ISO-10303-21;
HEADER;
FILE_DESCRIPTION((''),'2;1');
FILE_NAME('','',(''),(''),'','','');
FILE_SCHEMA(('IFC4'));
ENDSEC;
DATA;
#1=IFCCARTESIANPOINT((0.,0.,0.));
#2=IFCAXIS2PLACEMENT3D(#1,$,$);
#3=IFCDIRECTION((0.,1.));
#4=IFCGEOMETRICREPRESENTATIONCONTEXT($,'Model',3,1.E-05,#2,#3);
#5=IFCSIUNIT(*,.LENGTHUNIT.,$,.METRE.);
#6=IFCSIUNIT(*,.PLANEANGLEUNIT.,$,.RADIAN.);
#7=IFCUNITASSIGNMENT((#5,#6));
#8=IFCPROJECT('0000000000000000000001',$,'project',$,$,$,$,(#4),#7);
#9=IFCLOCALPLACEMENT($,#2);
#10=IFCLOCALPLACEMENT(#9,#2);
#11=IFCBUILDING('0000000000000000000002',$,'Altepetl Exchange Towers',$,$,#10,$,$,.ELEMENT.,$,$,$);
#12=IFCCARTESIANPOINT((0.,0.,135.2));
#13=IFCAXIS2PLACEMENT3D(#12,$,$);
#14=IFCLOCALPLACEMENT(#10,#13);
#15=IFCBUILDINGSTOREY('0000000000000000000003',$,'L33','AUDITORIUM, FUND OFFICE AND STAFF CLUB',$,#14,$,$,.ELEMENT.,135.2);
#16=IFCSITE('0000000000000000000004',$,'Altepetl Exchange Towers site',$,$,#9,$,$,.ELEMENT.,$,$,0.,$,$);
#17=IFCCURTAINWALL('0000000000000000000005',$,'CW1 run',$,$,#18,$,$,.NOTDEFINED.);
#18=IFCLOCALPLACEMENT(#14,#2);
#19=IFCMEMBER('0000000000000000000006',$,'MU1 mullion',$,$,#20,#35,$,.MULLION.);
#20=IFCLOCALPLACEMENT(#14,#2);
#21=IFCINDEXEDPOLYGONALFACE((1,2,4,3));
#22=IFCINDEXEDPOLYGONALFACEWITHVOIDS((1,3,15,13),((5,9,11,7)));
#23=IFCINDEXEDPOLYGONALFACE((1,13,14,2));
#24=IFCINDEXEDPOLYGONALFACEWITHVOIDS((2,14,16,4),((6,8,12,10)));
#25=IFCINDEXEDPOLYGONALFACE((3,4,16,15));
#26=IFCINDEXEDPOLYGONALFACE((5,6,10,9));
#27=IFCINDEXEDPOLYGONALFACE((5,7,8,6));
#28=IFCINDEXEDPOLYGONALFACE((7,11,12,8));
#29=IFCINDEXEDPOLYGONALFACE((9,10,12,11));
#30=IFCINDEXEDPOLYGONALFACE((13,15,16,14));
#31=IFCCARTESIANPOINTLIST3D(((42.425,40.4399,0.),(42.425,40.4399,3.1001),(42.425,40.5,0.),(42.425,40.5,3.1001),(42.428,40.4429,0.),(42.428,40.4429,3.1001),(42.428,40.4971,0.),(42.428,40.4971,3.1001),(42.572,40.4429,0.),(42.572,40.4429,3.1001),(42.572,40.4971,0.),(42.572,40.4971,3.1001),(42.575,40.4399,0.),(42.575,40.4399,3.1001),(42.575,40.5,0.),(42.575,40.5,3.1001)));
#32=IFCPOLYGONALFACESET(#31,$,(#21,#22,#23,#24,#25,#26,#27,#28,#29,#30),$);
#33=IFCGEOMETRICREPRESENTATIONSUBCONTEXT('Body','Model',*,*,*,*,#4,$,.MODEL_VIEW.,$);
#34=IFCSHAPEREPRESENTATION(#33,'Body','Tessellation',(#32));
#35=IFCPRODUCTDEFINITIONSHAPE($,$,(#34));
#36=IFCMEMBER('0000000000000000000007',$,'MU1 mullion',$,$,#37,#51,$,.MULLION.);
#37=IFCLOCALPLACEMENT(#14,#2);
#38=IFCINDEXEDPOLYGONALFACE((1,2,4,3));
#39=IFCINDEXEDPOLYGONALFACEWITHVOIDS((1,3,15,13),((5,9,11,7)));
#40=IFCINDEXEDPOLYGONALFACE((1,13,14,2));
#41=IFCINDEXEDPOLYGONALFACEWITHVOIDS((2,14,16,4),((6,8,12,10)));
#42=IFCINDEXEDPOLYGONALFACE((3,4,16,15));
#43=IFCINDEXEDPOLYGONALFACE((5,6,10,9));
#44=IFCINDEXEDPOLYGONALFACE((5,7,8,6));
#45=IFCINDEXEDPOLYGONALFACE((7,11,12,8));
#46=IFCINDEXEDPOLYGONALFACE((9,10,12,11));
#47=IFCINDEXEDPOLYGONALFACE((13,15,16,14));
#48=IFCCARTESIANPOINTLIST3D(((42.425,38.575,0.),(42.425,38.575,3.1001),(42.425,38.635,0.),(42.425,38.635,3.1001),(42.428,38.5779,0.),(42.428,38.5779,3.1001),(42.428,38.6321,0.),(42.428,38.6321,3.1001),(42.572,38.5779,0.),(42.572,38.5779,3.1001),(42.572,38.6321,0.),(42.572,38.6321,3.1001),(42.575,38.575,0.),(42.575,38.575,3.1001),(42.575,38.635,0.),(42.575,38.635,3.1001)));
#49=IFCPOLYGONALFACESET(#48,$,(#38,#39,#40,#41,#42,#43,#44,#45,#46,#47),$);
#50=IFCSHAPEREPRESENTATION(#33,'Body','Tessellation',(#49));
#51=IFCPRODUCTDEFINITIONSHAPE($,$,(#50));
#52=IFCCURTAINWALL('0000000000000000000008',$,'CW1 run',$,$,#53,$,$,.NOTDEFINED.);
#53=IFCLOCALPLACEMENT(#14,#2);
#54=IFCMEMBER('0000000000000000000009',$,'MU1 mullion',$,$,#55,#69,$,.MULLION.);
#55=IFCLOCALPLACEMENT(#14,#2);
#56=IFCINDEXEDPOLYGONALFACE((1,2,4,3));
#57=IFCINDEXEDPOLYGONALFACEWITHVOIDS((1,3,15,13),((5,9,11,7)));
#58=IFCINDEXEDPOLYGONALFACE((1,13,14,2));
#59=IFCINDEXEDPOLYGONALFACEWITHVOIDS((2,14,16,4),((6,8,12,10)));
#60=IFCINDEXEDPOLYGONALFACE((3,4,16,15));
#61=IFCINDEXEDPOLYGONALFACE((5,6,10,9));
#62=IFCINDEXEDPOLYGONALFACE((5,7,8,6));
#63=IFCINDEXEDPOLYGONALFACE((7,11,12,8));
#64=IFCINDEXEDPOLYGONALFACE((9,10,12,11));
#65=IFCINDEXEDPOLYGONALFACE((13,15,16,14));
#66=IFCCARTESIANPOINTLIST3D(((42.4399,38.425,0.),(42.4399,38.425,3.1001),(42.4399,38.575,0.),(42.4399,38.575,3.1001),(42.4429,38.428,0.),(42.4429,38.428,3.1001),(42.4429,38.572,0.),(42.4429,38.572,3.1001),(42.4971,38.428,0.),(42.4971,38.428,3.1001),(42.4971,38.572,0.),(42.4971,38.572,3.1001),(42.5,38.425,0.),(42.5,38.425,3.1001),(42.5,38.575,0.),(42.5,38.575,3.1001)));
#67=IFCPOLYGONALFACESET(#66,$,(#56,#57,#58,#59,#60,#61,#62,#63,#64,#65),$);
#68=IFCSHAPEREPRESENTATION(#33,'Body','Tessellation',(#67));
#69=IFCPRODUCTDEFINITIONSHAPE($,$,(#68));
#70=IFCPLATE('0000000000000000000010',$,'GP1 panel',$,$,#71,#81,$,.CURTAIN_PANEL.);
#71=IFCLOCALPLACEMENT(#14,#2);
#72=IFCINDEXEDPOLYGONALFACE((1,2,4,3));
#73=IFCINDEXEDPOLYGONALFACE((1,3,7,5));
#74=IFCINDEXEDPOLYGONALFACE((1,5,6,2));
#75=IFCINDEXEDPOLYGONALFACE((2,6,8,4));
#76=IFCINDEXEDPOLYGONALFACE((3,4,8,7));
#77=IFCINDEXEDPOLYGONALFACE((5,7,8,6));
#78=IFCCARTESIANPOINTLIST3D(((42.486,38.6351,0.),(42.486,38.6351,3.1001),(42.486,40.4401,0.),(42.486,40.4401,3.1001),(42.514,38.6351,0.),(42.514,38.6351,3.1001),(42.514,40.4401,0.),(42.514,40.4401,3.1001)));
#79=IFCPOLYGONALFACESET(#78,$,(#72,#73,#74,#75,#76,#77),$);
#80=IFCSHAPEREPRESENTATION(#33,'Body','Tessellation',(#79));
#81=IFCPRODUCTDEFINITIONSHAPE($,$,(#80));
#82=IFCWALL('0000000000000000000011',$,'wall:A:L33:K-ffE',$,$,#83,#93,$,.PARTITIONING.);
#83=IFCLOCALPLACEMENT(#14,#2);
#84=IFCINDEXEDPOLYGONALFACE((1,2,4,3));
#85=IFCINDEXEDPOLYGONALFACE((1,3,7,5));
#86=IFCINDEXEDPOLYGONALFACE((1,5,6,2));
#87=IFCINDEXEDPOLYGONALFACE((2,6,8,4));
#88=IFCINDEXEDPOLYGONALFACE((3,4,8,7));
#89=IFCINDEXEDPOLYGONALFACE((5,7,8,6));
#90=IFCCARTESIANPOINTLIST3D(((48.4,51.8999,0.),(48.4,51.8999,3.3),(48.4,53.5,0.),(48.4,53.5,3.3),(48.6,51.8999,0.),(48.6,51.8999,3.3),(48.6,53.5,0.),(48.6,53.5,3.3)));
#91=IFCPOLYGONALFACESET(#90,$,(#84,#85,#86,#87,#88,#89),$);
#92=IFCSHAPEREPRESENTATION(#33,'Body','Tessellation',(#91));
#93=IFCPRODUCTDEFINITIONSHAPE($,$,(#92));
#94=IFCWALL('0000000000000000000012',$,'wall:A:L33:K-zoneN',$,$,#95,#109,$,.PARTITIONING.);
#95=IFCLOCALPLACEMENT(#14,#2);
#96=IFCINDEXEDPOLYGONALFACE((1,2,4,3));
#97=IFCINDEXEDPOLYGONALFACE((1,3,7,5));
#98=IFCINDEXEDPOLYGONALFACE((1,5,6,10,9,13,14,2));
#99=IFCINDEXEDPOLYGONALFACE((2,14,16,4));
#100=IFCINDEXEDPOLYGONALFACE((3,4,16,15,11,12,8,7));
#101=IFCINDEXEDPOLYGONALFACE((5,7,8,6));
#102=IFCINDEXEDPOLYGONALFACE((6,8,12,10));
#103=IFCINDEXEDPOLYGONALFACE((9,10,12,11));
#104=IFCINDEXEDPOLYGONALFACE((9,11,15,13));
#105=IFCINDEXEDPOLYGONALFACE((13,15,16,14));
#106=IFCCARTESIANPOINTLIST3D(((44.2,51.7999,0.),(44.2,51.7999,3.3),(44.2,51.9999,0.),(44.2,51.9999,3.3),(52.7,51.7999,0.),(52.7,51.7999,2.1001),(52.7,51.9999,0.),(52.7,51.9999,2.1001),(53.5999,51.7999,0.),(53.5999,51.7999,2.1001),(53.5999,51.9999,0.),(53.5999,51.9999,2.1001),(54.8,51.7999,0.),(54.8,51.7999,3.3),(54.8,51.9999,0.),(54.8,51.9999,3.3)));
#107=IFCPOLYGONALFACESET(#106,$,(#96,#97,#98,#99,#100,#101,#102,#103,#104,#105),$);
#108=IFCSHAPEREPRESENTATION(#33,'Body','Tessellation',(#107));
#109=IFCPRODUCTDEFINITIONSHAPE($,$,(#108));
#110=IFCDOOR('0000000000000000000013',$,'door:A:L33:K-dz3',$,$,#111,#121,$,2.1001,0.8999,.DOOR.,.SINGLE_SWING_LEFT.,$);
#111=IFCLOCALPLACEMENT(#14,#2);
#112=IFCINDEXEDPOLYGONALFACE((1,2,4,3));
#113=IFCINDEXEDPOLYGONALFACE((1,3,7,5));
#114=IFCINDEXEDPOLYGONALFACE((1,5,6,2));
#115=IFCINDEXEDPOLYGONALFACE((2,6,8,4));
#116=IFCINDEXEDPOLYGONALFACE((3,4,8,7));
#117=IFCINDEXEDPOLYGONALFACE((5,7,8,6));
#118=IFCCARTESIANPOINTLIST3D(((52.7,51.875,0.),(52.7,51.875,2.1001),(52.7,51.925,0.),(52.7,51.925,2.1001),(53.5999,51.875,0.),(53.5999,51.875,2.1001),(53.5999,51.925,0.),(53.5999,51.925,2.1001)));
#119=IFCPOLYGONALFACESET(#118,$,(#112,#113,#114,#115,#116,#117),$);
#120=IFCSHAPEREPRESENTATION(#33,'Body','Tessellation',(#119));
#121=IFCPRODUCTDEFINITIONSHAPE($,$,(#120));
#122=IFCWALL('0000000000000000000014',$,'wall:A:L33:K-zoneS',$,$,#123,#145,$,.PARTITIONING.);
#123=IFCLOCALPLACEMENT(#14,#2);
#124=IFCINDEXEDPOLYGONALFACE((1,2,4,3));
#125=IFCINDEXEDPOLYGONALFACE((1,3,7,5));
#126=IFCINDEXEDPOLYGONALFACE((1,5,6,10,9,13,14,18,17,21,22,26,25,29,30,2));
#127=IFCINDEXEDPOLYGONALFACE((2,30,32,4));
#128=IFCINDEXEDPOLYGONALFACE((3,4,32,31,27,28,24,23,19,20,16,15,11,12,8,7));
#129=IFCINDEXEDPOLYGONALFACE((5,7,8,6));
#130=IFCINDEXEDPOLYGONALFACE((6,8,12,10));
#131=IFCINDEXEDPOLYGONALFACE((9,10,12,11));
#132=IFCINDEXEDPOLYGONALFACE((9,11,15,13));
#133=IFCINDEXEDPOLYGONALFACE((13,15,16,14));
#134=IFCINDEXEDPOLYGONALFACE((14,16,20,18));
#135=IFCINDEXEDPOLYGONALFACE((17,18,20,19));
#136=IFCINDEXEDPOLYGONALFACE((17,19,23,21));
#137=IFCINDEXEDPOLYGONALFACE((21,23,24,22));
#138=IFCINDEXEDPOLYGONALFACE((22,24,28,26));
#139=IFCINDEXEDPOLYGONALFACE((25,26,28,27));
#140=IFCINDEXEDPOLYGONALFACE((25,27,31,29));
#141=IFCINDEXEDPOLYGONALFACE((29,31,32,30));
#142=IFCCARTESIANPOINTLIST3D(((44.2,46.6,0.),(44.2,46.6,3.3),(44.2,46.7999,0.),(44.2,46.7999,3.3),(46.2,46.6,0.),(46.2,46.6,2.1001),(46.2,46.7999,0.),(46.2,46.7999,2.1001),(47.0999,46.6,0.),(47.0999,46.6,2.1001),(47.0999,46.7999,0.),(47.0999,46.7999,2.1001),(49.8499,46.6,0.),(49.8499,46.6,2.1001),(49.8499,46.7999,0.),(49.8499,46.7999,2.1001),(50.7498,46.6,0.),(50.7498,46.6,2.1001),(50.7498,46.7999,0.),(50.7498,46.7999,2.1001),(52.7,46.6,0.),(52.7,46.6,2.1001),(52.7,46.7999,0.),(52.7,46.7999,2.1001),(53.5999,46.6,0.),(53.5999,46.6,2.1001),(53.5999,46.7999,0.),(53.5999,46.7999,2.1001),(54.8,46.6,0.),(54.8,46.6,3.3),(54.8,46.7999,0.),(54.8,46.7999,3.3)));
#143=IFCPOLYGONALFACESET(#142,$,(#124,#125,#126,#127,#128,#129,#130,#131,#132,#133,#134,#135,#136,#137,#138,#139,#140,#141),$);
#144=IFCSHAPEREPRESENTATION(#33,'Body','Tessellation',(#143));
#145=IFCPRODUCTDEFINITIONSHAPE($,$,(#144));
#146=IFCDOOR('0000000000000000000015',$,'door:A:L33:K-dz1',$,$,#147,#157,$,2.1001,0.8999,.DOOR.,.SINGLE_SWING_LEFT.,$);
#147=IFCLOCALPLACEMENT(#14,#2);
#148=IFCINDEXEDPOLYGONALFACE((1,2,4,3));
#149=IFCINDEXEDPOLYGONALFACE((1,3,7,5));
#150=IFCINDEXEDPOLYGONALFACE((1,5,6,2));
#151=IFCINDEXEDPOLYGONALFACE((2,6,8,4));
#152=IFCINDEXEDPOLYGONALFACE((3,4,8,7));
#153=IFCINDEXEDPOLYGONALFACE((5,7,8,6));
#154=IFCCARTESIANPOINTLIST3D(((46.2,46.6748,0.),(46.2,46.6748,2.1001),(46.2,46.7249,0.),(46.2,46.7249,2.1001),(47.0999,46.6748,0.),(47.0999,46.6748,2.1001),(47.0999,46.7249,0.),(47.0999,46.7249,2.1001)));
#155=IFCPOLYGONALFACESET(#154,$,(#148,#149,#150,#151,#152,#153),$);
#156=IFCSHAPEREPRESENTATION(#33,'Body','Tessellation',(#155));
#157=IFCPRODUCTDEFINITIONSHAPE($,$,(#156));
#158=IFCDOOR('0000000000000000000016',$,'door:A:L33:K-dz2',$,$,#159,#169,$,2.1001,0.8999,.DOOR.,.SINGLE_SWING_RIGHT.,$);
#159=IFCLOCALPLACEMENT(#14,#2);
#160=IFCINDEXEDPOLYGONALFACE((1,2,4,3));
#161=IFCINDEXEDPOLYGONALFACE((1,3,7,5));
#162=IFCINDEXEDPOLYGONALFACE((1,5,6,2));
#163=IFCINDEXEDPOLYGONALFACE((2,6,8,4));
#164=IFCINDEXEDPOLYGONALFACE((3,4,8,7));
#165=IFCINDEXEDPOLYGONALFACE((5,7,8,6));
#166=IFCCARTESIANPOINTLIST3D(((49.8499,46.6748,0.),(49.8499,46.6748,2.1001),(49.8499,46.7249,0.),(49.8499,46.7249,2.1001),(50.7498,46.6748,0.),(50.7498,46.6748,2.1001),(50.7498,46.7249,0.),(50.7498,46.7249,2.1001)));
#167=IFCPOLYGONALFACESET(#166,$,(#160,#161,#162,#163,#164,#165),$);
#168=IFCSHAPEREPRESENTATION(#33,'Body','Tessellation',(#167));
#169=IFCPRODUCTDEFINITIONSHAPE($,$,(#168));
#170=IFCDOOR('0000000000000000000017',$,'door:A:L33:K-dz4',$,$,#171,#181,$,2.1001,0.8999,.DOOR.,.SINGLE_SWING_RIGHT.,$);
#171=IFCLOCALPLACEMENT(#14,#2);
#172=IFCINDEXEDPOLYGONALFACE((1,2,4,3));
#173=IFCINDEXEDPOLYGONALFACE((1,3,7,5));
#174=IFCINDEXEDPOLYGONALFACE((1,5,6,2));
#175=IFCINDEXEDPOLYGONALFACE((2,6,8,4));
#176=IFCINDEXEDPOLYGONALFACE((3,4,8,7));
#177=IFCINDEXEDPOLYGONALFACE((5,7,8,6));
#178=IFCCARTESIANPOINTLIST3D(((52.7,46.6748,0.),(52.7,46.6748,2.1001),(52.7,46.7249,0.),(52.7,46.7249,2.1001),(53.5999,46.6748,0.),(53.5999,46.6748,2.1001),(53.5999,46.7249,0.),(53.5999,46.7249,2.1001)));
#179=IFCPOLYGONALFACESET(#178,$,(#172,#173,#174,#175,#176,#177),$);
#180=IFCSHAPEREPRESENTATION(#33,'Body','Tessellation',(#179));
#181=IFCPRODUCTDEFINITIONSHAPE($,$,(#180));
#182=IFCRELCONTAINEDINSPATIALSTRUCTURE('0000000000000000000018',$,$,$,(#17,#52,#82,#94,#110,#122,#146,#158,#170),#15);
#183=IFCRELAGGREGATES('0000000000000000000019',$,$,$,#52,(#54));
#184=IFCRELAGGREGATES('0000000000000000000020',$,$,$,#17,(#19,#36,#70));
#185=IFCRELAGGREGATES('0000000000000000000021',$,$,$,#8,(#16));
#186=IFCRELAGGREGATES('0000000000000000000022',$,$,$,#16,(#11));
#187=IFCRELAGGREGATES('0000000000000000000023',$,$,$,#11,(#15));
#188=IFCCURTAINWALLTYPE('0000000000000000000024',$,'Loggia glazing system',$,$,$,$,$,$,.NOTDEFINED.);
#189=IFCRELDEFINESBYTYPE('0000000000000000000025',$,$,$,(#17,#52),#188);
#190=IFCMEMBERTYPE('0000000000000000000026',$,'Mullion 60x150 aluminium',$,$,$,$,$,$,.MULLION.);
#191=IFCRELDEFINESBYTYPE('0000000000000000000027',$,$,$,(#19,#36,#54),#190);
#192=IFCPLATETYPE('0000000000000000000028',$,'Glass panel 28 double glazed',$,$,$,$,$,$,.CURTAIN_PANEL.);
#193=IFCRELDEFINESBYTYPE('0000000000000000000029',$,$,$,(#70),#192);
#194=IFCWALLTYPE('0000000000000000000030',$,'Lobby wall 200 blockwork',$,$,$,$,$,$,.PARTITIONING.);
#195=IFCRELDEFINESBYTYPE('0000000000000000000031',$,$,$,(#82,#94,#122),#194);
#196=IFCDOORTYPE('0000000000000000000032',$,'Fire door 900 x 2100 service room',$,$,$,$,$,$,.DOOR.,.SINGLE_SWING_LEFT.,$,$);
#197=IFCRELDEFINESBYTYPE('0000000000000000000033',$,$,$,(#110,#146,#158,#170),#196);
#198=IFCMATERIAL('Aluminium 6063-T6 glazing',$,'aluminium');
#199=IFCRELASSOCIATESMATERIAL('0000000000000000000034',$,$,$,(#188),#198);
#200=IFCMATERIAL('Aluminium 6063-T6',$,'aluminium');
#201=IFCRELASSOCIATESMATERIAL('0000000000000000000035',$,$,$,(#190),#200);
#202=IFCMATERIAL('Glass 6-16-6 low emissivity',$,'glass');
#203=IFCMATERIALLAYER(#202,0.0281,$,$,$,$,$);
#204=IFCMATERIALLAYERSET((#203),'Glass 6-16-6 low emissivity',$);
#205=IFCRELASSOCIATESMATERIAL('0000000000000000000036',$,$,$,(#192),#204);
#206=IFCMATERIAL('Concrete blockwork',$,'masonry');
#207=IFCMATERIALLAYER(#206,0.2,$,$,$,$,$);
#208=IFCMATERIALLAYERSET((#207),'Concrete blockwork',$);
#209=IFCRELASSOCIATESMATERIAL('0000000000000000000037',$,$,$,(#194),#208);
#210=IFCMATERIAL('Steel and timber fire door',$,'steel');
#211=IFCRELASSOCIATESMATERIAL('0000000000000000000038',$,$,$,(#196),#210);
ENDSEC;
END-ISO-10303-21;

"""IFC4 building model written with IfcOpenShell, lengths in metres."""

from ifc_helpers import new_model, si_unit, direction, frame, frame_2d, origin, origin_2d, place, context, subcontext, project, spatial, rectangle, hollow_rectangle, extrude, material, layer, layer_set, material_profile, profile_set, type_object, element, fill, aggregate, save


model = new_model("IFC4")

# Units and contexts
model_context = context("Model", 3, precision=1e-05, world=origin(), true_north=direction((0.0, 1.0)))
body_context = subcontext(model_context, "Body", "Model", "MODEL_VIEW")
ifc_project = project(units=[si_unit("LENGTHUNIT", "METRE"), si_unit("PLANEANGLEUNIT", "RADIAN")], contexts=[model_context])

# Site, building, storey
site_placement = place(None, origin())
site = spatial("IfcSite", under=ifc_project, at=site_placement, Name="Altepetl Exchange Towers site", CompositionType="ELEMENT", RefElevation=0.0)
building_placement = place(site_placement, origin())
building = spatial("IfcBuilding", under=site, at=building_placement, Name="Altepetl Exchange Towers", CompositionType="ELEMENT")
storey_placement = place(building_placement, frame((0.0, 0.0, 135.2)))
storey = spatial("IfcBuildingStorey", under=building, at=storey_placement, Name="L33", Description="AUDITORIUM, FUND OFFICE AND STAFF CLUB", CompositionType="ELEMENT", Elevation=135.2)

# Curtain wall, members
ifc_material_1 = material(Name="Aluminium 6063-T6 glazing", Category="aluminium")
curtain_wall_type = type_object("IfcCurtainWallType", Name="Loggia glazing system", PredefinedType="NOTDEFINED", material=ifc_material_1)
curtain_wall_1_placement = place(storey_placement, origin())
curtain_wall_1 = element("IfcCurtainWall", 1, at=curtain_wall_1_placement, inside=storey, type_object=curtain_wall_type, Name="CW1 run", PredefinedType="NOTDEFINED")
ifc_material_2 = material(Name="Aluminium 6063-T6", Category="aluminium")
ifc_material_profile = material_profile(ifc_material_2, hollow_rectangle(XDim=0.0601, YDim=0.1499, WallThickness=0.0029, at=origin_2d()), Name="Mullion 60x150 aluminium")
ifc_profile_set = profile_set([ifc_material_profile], Name="Aluminium 6063-T6")
member_type = type_object("IfcMemberType", Name="Mullion 60x150 aluminium", PredefinedType="MULLION", material=ifc_profile_set)
member_1_placement = place(storey_placement, frame((42.5, 40.47, 0.0), z_axis=(0.0, 0.0, 1.0), x_axis=(0.0, -1.0, 0.0)))
member_1 = element("IfcMember", 2, at=member_1_placement, type_object=member_type, Name="MU1 mullion", PredefinedType="MULLION", context=body_context, shape_type="SweptSolid", body=[
    extrude(hollow_rectangle(XDim=0.0601, YDim=0.1499, WallThickness=0.0029, at=origin_2d()), origin(), (0.0, 0.0, 1.0), 3.1001),
])
member_2_placement = place(storey_placement, frame((42.5, 38.605, 0.0), z_axis=(0.0, 0.0, 1.0), x_axis=(0.0, -1.0, 0.0)))
member_2 = element("IfcMember", 3, at=member_2_placement, type_object=member_type, Name="MU1 mullion", PredefinedType="MULLION", context=body_context, shape_type="SweptSolid", body=[
    extrude(hollow_rectangle(XDim=0.0601, YDim=0.1499, WallThickness=0.0029, at=origin_2d()), origin(), (0.0, 0.0, 1.0), 3.1001),
])

# Curtain wall, member
curtain_wall_2_placement = place(storey_placement, origin())
curtain_wall_2 = element("IfcCurtainWall", 4, at=curtain_wall_2_placement, inside=storey, type_object=curtain_wall_type, Name="CW1 run", PredefinedType="NOTDEFINED")
member_3_placement = place(storey_placement, frame((42.47, 38.5, 0.0), z_axis=(0.0, 0.0, 1.0), x_axis=(-1.0, 0.0, 0.0)))
member_3 = element("IfcMember", 5, at=member_3_placement, type_object=member_type, Name="MU1 mullion", PredefinedType="MULLION", context=body_context, shape_type="SweptSolid", body=[
    extrude(hollow_rectangle(XDim=0.0601, YDim=0.1499, WallThickness=0.0029, at=origin_2d()), origin(), (0.0, 0.0, 1.0), 3.1001),
])
aggregate(curtain_wall_2, [member_3])

# Plate
ifc_material_3 = material(Name="Glass 6-16-6 low emissivity", Category="glass")
ifc_layer_1 = layer(ifc_material_3, 0.0281)
ifc_layer_set_1 = layer_set([ifc_layer_1], Name="Glass 6-16-6 low emissivity")
plate_type = type_object("IfcPlateType", Name="Glass panel 28 double glazed", PredefinedType="CURTAIN_PANEL", material=ifc_layer_set_1)
plate_placement = place(storey_placement, frame((42.5, 39.5376, 0.0), z_axis=(0.0, 0.0, 1.0), x_axis=(0.0, -1.0, 0.0)))
plate = element("IfcPlate", 6, at=plate_placement, type_object=plate_type, Name="GP1 panel", PredefinedType="CURTAIN_PANEL", context=body_context, shape_type="SweptSolid", body=[
    extrude(rectangle(XDim=1.8049, YDim=0.0281, at=origin_2d()), origin(), (0.0, 0.0, 1.0), 3.1001),
])
aggregate(curtain_wall_1, [member_1, member_2, plate])

# Wall
ifc_material_4 = material(Name="Concrete blockwork", Category="masonry")
ifc_layer_2 = layer(ifc_material_4, 0.2)
ifc_layer_set_2 = layer_set([ifc_layer_2], Name="Concrete blockwork")
wall_type_1 = type_object("IfcWallType", Name="Lobby wall 200 blockwork", PredefinedType="PARTITIONING", material=ifc_layer_set_2)
wall_1_placement = place(storey_placement, frame((48.5, 51.8999, 0.0), z_axis=(0.0, 0.0, 1.0), x_axis=(0.0, 1.0, 0.0)))
element("IfcWall", 7, at=wall_1_placement, inside=storey, type_object=wall_type_1, Name="wall:A:L33:K-ffE", PredefinedType="PARTITIONING", context=body_context, shape_type="SweptSolid", body=[
    extrude(rectangle(XDim=1.6001, YDim=0.2, at=frame_2d((0.8, 0.0))), origin(), (0.0, 0.0, 1.0), 3.3),
])

# Wall, opening, door
wall_2_placement = place(storey_placement, frame((44.2, 51.8999, 0.0)))
wall_2 = element("IfcWall", 8, at=wall_2_placement, inside=storey, type_object=wall_type_1, Name="wall:A:L33:K-zoneN", PredefinedType="PARTITIONING", context=body_context, shape_type="SweptSolid", body=[
    extrude(rectangle(XDim=10.6001, YDim=0.2, at=frame_2d((5.3, 0.0))), origin(), (0.0, 0.0, 1.0), 3.3),
])
opening_1_placement = place(wall_2_placement, frame((8.5, 0.0, 0.0)))
opening_1 = element("IfcOpeningElement", 9, at=opening_1_placement, cuts=wall_2, PredefinedType="OPENING", context=body_context, shape_type="SweptSolid", body=[
    extrude(rectangle(XDim=0.8999, YDim=2.1001, at=frame_2d((0.45, 1.05))), frame((0.0, 0.1099, 0.0), z_axis=(0.0, -1.0, 0.0), x_axis=(1.0, 0.0, 0.0)), (0.0, 0.0, 1.0), 0.22),
])
ifc_material_5 = material(Name="Steel and timber fire door", Category="steel")
door_type = type_object("IfcDoorType", Name="Fire door 900 x 2100 service room", OperationType="SINGLE_SWING_LEFT", PredefinedType="DOOR", material=ifc_material_5)
door_1_placement = place(opening_1_placement, frame((0.8999, 0.0, 0.0), x_axis=(-1.0, 0.0, 0.0)))
door_1 = element("IfcDoor", 10, at=door_1_placement, inside=storey, type_object=door_type, Name="door:A:L33:K-dz3", OperationType="SINGLE_SWING_LEFT", OverallHeight=2.1001, OverallWidth=0.8999, PredefinedType="DOOR", context=body_context, shape_type="SweptSolid", body=[
    extrude(rectangle(XDim=0.8999, YDim=2.1001, at=frame_2d((0.45, 1.05))), frame((0.0, 0.0249, 0.0), z_axis=(0.0, -1.0, 0.0), x_axis=(1.0, 0.0, 0.0)), (0.0, 0.0, 1.0), 0.05),
])
fill(opening_1, door_1)

# Wall, openings, doors
wall_3_placement = place(storey_placement, frame((44.2, 46.7, 0.0)))
wall_3 = element("IfcWall", 11, at=wall_3_placement, inside=storey, type_object=wall_type_1, Name="wall:A:L33:K-zoneS", PredefinedType="PARTITIONING", context=body_context, shape_type="SweptSolid", body=[
    extrude(rectangle(XDim=10.6001, YDim=0.2, at=frame_2d((5.3, 0.0))), origin(), (0.0, 0.0, 1.0), 3.3),
])
opening_2_placement = place(wall_3_placement, frame((2.0, 0.0, 0.0)))
opening_2 = element("IfcOpeningElement", 12, at=opening_2_placement, cuts=wall_3, PredefinedType="OPENING", context=body_context, shape_type="SweptSolid", body=[
    extrude(rectangle(XDim=0.8999, YDim=2.1001, at=frame_2d((0.45, 1.05))), frame((0.0, 0.1099, 0.0), z_axis=(0.0, -1.0, 0.0), x_axis=(1.0, 0.0, 0.0)), (0.0, 0.0, 1.0), 0.22),
])
opening_3_placement = place(wall_3_placement, frame((5.6499, 0.0, 0.0)))
opening_3 = element("IfcOpeningElement", 13, at=opening_3_placement, cuts=wall_3, PredefinedType="OPENING", context=body_context, shape_type="SweptSolid", body=[
    extrude(rectangle(XDim=0.8999, YDim=2.1001, at=frame_2d((0.45, 1.05))), frame((0.0, 0.1099, 0.0), z_axis=(0.0, -1.0, 0.0), x_axis=(1.0, 0.0, 0.0)), (0.0, 0.0, 1.0), 0.22),
])
opening_4_placement = place(wall_3_placement, frame((8.5, 0.0, 0.0)))
opening_4 = element("IfcOpeningElement", 14, at=opening_4_placement, cuts=wall_3, PredefinedType="OPENING", context=body_context, shape_type="SweptSolid", body=[
    extrude(rectangle(XDim=0.8999, YDim=2.1001, at=frame_2d((0.45, 1.05))), frame((0.0, 0.1099, 0.0), z_axis=(0.0, -1.0, 0.0), x_axis=(1.0, 0.0, 0.0)), (0.0, 0.0, 1.0), 0.22),
])
door_2_placement = place(opening_2_placement, origin())
door_2 = element("IfcDoor", 15, at=door_2_placement, inside=storey, type_object=door_type, Name="door:A:L33:K-dz1", OperationType="SINGLE_SWING_LEFT", OverallHeight=2.1001, OverallWidth=0.8999, PredefinedType="DOOR", context=body_context, shape_type="SweptSolid", body=[
    extrude(rectangle(XDim=0.8999, YDim=2.1001, at=frame_2d((0.45, 1.05))), frame((0.0, 0.0249, 0.0), z_axis=(0.0, -1.0, 0.0), x_axis=(1.0, 0.0, 0.0)), (0.0, 0.0, 1.0), 0.05),
])
fill(opening_2, door_2)
door_3_placement = place(opening_3_placement, origin())
door_3 = element("IfcDoor", 16, at=door_3_placement, inside=storey, type_object=door_type, Name="door:A:L33:K-dz2", OperationType="SINGLE_SWING_RIGHT", OverallHeight=2.1001, OverallWidth=0.8999, PredefinedType="DOOR", context=body_context, shape_type="SweptSolid", body=[
    extrude(rectangle(XDim=0.8999, YDim=2.1001, at=frame_2d((0.45, 1.05))), frame((0.0, 0.0249, 0.0), z_axis=(0.0, -1.0, 0.0), x_axis=(1.0, 0.0, 0.0)), (0.0, 0.0, 1.0), 0.05),
])
fill(opening_3, door_3)
door_4_placement = place(opening_4_placement, origin())
door_4 = element("IfcDoor", 17, at=door_4_placement, inside=storey, type_object=door_type, Name="door:A:L33:K-dz4", OperationType="SINGLE_SWING_RIGHT", OverallHeight=2.1001, OverallWidth=0.8999, PredefinedType="DOOR", context=body_context, shape_type="SweptSolid", body=[
    extrude(rectangle(XDim=0.8999, YDim=2.1001, at=frame_2d((0.45, 1.05))), frame((0.0, 0.0249, 0.0), z_axis=(0.0, -1.0, 0.0), x_axis=(1.0, 0.0, 0.0)), (0.0, 0.0, 1.0), 0.05),
])
fill(opening_4, door_4)

save(model, "model.ifc")
